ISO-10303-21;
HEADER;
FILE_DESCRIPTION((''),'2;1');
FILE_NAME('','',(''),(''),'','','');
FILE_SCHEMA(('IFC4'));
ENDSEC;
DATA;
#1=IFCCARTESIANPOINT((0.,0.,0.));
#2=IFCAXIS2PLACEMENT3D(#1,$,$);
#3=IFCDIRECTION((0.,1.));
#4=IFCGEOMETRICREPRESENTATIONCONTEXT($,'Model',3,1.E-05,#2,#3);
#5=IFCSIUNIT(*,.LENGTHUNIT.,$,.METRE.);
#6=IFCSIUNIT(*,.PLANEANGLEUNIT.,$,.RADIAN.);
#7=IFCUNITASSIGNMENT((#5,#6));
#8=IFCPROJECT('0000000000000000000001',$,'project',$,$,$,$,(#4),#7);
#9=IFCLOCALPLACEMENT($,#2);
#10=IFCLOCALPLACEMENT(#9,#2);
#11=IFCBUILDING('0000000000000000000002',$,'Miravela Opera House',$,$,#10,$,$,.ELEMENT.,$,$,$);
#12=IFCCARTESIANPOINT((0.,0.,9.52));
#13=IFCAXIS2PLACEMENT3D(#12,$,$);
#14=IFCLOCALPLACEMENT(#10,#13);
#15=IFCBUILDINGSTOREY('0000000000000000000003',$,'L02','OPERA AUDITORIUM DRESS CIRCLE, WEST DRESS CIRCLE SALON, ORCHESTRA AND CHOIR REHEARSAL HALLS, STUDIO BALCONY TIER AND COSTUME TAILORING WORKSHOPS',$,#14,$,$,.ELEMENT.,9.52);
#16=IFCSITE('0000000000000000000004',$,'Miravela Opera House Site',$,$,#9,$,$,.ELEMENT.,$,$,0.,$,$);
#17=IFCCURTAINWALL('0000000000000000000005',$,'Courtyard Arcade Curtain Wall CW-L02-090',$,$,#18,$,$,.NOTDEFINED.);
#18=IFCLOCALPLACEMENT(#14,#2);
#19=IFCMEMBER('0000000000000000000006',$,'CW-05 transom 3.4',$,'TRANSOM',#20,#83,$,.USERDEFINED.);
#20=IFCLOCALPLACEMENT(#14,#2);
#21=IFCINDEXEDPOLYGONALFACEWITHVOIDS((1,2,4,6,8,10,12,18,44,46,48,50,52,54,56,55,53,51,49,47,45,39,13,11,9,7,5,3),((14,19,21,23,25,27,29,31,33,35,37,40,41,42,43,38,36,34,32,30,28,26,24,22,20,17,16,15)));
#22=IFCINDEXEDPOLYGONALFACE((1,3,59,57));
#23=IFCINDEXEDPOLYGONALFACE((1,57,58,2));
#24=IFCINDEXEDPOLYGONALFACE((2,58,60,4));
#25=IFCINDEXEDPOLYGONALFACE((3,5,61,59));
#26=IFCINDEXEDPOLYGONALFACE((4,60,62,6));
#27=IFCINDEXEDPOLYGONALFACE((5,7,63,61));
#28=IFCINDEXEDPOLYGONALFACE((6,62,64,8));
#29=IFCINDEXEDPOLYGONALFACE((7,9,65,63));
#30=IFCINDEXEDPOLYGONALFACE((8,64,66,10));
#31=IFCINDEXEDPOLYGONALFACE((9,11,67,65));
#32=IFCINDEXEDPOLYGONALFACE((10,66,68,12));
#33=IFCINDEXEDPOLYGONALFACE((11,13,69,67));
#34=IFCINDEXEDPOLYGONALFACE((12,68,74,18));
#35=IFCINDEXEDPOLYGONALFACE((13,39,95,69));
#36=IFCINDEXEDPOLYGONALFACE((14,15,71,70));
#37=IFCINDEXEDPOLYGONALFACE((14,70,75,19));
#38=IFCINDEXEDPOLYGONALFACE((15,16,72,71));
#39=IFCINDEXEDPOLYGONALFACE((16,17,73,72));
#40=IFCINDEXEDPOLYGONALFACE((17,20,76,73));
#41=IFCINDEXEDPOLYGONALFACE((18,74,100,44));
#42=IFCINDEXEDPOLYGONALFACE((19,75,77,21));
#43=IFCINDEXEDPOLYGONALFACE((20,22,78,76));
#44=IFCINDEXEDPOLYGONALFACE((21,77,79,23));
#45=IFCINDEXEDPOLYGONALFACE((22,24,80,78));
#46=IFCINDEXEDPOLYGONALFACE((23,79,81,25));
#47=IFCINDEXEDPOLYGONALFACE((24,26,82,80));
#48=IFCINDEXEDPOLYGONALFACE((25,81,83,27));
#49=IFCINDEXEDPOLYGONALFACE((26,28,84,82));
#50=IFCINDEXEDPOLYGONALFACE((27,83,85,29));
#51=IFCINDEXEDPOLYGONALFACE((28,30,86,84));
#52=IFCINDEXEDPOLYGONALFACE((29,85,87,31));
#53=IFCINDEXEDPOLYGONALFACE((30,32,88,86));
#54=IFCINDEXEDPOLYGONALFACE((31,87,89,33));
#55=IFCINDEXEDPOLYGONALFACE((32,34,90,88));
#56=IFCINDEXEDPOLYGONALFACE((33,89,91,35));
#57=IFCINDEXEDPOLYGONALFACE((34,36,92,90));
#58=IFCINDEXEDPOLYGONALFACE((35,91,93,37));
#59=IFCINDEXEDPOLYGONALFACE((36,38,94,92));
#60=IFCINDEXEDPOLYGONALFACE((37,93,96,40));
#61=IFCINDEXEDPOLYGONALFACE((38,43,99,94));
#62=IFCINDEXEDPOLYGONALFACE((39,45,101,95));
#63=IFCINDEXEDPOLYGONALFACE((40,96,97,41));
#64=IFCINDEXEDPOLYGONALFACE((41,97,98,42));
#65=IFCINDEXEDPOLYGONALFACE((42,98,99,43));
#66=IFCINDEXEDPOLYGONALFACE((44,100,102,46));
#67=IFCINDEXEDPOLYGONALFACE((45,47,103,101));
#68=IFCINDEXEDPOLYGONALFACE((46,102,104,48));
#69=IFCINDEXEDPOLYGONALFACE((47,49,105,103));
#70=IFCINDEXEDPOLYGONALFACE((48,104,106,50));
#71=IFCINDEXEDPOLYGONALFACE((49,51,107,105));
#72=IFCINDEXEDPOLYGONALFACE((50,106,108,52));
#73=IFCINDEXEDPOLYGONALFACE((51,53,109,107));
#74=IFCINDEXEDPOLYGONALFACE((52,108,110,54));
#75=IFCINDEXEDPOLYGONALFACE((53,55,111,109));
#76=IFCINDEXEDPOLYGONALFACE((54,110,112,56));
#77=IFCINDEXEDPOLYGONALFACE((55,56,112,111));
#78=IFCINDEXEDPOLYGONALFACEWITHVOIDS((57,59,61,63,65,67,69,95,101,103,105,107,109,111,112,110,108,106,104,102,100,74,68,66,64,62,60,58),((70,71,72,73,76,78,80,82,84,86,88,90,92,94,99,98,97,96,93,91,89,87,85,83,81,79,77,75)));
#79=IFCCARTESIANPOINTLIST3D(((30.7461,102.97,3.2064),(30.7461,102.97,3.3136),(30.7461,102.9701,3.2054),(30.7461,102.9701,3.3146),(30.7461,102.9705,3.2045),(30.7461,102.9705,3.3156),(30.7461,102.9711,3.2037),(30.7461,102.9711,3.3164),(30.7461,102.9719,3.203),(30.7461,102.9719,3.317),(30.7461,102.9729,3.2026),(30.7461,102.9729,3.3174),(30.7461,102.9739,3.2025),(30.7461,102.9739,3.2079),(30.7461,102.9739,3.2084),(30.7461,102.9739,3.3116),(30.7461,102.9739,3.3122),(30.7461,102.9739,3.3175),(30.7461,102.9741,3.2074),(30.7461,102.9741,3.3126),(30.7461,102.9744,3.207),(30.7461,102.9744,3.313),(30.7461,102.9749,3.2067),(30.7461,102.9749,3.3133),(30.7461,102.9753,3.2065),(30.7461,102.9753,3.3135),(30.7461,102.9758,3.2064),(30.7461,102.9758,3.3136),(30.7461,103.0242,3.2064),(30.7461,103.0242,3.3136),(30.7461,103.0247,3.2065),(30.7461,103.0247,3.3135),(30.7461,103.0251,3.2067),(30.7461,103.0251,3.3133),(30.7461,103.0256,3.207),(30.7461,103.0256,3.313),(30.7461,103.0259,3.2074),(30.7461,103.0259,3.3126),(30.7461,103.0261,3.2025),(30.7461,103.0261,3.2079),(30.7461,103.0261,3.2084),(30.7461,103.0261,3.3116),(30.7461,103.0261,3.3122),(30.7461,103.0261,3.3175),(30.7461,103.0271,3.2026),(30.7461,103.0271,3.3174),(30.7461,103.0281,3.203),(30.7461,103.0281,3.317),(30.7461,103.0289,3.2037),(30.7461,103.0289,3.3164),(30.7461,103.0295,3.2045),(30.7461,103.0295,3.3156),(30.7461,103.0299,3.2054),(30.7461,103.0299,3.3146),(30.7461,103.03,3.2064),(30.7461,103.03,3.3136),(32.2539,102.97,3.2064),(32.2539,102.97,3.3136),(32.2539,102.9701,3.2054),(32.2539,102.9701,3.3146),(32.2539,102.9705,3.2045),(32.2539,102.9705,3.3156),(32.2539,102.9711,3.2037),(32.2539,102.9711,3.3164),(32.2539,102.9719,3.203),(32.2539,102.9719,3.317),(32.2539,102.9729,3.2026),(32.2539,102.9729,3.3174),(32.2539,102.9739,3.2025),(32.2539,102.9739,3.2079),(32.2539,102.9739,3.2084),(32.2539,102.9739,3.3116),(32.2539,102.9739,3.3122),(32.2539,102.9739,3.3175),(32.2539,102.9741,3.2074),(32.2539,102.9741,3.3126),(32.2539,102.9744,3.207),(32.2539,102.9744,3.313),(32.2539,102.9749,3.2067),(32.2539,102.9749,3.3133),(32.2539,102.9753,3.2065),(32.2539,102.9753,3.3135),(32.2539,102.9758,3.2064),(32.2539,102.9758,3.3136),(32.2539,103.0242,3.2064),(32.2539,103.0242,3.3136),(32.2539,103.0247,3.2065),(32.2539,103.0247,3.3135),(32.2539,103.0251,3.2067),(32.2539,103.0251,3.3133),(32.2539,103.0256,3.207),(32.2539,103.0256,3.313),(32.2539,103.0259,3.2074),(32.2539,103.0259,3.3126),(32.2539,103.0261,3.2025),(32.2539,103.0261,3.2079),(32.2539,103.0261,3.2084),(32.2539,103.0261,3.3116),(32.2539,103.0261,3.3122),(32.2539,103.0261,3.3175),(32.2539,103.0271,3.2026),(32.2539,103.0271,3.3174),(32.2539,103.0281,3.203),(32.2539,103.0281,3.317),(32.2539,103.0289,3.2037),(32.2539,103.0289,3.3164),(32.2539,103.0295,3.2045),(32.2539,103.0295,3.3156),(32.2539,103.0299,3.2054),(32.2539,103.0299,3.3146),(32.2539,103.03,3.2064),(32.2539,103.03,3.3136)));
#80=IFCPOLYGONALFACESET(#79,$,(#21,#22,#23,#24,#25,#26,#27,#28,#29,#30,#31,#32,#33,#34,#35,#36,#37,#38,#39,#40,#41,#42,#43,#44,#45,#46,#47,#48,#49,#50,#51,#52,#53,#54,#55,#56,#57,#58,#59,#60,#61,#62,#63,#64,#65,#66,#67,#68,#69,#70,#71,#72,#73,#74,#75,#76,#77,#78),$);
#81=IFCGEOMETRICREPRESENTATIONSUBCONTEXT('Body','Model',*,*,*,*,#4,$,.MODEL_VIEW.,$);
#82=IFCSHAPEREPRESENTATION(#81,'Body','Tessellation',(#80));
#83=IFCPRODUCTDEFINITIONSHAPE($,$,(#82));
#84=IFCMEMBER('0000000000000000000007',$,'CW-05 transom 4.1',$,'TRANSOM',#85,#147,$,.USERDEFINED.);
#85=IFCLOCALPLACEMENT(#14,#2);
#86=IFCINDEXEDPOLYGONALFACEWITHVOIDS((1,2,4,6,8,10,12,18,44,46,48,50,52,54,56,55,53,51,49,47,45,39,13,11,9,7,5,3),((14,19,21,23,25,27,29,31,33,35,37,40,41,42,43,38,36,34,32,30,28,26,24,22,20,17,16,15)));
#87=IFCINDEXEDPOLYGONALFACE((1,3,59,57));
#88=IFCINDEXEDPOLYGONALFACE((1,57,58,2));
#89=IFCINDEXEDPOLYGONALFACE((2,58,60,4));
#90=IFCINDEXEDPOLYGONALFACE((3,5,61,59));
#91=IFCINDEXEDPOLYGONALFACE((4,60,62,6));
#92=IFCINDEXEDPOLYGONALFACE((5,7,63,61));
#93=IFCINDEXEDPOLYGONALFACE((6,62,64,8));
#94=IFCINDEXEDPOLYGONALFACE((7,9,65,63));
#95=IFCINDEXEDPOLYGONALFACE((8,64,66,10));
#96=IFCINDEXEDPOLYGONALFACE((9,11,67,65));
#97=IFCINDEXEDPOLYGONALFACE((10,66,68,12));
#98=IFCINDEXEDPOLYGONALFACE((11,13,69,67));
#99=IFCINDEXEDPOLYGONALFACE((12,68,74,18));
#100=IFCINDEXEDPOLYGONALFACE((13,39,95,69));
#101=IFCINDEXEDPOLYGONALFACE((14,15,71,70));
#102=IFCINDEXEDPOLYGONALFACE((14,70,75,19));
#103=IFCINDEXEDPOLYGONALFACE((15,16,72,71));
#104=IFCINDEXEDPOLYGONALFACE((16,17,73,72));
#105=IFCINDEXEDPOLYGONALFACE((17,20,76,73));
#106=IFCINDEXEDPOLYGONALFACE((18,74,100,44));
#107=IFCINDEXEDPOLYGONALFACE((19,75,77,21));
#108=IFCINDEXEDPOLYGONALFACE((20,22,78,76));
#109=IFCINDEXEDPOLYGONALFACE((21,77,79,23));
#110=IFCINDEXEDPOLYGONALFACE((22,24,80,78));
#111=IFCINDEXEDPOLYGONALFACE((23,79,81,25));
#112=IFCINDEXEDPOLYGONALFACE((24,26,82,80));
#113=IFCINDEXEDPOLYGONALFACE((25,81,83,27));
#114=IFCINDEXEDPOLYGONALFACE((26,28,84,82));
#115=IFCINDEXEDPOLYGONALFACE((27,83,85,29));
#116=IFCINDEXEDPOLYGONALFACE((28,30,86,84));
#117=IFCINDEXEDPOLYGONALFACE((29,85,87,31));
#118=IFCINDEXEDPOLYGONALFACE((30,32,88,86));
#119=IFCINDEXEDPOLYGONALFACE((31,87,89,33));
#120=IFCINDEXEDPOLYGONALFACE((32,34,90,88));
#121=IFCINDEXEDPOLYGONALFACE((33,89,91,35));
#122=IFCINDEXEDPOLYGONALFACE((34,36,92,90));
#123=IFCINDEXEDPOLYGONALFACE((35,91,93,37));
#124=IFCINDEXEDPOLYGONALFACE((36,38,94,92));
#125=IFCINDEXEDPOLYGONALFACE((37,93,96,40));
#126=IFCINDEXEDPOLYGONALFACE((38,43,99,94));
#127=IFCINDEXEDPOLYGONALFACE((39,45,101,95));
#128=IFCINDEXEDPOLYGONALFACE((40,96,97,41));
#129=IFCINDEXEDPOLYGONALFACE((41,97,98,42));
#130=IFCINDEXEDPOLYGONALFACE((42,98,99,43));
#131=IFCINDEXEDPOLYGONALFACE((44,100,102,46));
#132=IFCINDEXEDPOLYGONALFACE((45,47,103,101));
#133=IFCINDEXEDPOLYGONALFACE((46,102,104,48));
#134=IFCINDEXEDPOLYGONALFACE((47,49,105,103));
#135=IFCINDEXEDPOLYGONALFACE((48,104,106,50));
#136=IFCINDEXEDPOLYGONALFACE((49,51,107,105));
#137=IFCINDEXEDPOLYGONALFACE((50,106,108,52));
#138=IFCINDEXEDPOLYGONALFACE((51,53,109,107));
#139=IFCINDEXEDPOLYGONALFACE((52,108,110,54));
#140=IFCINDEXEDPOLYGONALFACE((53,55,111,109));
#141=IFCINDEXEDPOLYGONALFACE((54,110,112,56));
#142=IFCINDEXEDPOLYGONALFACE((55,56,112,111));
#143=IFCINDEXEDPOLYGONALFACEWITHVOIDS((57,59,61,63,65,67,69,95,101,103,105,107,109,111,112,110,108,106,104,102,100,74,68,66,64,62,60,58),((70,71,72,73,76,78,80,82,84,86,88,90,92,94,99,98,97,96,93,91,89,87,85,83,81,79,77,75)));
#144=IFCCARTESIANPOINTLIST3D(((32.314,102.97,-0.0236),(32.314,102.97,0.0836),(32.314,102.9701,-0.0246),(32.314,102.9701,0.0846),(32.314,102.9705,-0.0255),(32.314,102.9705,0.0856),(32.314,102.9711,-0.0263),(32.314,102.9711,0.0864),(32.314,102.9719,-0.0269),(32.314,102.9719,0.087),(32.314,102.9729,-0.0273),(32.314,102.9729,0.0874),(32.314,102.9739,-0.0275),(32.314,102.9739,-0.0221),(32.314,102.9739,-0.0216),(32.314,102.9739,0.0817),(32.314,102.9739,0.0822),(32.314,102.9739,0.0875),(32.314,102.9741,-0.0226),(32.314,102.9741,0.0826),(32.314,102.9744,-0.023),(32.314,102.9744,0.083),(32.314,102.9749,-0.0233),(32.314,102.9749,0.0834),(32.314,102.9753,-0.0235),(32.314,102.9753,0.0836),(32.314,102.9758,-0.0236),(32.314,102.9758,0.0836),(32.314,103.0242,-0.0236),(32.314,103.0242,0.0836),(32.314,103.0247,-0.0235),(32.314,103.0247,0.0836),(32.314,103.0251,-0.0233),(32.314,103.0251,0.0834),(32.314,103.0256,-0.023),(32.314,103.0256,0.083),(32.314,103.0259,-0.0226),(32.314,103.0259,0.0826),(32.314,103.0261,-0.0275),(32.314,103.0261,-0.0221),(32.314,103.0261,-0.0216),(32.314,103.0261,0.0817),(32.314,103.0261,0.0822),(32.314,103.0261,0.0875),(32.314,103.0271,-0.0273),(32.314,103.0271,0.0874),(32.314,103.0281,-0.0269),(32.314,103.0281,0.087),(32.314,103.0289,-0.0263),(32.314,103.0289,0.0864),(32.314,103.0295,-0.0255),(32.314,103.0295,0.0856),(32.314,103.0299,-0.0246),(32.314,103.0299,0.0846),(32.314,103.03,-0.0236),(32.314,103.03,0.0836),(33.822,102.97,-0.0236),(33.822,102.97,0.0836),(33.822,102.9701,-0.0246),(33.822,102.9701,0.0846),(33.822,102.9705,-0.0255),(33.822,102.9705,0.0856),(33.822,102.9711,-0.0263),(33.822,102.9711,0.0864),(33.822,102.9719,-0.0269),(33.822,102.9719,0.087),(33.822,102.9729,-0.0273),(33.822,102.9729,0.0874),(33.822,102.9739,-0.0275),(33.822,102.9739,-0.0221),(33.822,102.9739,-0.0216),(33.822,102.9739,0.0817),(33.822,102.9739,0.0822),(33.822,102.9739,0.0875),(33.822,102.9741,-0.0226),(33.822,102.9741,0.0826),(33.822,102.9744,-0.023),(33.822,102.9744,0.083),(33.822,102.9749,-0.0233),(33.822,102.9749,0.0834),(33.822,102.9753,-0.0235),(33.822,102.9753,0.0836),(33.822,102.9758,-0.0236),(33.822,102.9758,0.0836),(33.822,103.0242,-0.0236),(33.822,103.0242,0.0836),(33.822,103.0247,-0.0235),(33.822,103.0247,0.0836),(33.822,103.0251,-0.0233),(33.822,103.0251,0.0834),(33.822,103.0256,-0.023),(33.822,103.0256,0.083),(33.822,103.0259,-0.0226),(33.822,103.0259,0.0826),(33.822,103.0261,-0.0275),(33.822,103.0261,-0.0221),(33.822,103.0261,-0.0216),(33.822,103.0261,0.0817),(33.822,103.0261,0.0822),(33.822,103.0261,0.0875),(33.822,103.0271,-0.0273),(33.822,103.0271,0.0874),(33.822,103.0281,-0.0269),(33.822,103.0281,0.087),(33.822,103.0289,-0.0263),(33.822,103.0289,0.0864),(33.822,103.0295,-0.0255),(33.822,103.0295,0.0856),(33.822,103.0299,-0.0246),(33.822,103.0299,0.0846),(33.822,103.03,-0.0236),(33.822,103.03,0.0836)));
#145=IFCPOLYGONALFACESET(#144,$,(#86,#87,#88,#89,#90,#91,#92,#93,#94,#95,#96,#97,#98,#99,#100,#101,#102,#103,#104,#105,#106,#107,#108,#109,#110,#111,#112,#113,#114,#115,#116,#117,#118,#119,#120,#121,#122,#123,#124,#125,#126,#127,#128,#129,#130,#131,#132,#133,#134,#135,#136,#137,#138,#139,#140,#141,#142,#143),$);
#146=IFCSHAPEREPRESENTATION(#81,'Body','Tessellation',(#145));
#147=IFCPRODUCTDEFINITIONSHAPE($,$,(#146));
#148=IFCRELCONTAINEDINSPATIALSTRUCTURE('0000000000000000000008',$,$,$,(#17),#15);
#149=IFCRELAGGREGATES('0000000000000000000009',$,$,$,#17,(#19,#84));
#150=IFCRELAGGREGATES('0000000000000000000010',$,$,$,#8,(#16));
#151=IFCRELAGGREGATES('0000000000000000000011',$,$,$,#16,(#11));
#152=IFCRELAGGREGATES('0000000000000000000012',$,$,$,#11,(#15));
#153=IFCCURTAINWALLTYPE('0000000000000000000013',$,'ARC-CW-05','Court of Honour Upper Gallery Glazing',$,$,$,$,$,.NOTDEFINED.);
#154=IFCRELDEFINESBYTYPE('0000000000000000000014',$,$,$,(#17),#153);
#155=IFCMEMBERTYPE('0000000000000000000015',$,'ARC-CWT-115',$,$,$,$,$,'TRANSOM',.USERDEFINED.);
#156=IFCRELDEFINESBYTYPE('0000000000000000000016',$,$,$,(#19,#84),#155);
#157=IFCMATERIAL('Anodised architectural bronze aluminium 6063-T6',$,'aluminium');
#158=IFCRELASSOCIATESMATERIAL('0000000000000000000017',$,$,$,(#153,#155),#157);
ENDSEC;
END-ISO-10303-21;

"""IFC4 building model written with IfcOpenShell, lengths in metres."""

from ifc_helpers import new_model, si_unit, direction, frame, origin, origin_2d, place, context, subcontext, project, spatial, hollow_rectangle, extrude, material, material_profile, profile_set, type_object, element, aggregate, save


model = new_model("IFC4")

# Units and contexts
model_context = context("Model", 3, precision=1e-05, world=origin(), true_north=direction((0.0, 1.0)))
body_context = subcontext(model_context, "Body", "Model", "MODEL_VIEW")
ifc_project = project(units=[si_unit("LENGTHUNIT", "METRE"), si_unit("PLANEANGLEUNIT", "RADIAN")], contexts=[model_context])

# Site, building, storey
site_placement = place(None, origin())
site = spatial("IfcSite", under=ifc_project, at=site_placement, Name="Miravela Opera House Site", CompositionType="ELEMENT", RefElevation=0.0)
building_placement = place(site_placement, origin())
building = spatial("IfcBuilding", under=site, at=building_placement, Name="Miravela Opera House", CompositionType="ELEMENT")
storey_placement = place(building_placement, frame((0.0, 0.0, 9.52)))
storey = spatial("IfcBuildingStorey", under=building, at=storey_placement, Name="L02", Description="OPERA AUDITORIUM DRESS CIRCLE, WEST DRESS CIRCLE SALON, ORCHESTRA AND CHOIR REHEARSAL HALLS, STUDIO BALCONY TIER AND COSTUME TAILORING WORKSHOPS", CompositionType="ELEMENT", Elevation=9.52)

# Curtain wall, members
ifc_material_1 = material(Name="Anodised architectural bronze aluminium 6063-T6", Category="aluminium")
curtain_wall_type = type_object("IfcCurtainWallType", Name="ARC-CW-05", Description="Court of Honour Upper Gallery Glazing", PredefinedType="NOTDEFINED", material=ifc_material_1)
curtain_wall_placement = place(storey_placement, origin())
curtain_wall = element("IfcCurtainWall", 1, at=curtain_wall_placement, inside=storey, type_object=curtain_wall_type, Name="Courtyard Arcade Curtain Wall CW-L02-090", PredefinedType="NOTDEFINED")
ifc_material_profile_1 = material_profile(ifc_material_1, hollow_rectangle(XDim=0.0601, YDim=0.115, WallThickness=0.0039, InnerFilletRadius=0.002, OuterFilletRadius=0.0039, at=origin_2d()), Name="CWT-60X115")
ifc_profile_set_1 = profile_set([ifc_material_profile_1])
member_type_1 = type_object("IfcMemberType", Name="ARC-CWT-115", ElementType="TRANSOM", PredefinedType="USERDEFINED", material=ifc_profile_set_1)
member_1_placement = place(storey_placement, frame((30.7461, 103.0, 3.26), z_axis=(1.0, 0.0, 0.0), x_axis=(0.0, 1.0, 0.0)))
member_1 = element("IfcMember", 2, at=member_1_placement, type_object=member_type_1, Name="CW-05 transom 3.4", ObjectType="TRANSOM", PredefinedType="USERDEFINED", context=body_context, shape_type="SweptSolid", body=[
    extrude(hollow_rectangle(XDim=0.0601, YDim=0.115, WallThickness=0.0039, InnerFilletRadius=0.002, OuterFilletRadius=0.0039, at=origin_2d()), origin(), (0.0, 0.0, 1.0), 1.5078),
])
member_2_placement = place(storey_placement, frame((32.314, 103.0, 0.03), z_axis=(1.0, 0.0, 0.0), x_axis=(0.0, 1.0, 0.0)))
member_2 = element("IfcMember", 3, at=member_2_placement, type_object=member_type_1, Name="CW-05 transom 4.1", ObjectType="TRANSOM", PredefinedType="USERDEFINED", context=body_context, shape_type="SweptSolid", body=[
    extrude(hollow_rectangle(XDim=0.0601, YDim=0.115, WallThickness=0.0039, InnerFilletRadius=0.002, OuterFilletRadius=0.0039, at=origin_2d()), origin(), (0.0, 0.0, 1.0), 1.5081),
])
aggregate(curtain_wall, [member_1, member_2])

save(model, "model.ifc")
